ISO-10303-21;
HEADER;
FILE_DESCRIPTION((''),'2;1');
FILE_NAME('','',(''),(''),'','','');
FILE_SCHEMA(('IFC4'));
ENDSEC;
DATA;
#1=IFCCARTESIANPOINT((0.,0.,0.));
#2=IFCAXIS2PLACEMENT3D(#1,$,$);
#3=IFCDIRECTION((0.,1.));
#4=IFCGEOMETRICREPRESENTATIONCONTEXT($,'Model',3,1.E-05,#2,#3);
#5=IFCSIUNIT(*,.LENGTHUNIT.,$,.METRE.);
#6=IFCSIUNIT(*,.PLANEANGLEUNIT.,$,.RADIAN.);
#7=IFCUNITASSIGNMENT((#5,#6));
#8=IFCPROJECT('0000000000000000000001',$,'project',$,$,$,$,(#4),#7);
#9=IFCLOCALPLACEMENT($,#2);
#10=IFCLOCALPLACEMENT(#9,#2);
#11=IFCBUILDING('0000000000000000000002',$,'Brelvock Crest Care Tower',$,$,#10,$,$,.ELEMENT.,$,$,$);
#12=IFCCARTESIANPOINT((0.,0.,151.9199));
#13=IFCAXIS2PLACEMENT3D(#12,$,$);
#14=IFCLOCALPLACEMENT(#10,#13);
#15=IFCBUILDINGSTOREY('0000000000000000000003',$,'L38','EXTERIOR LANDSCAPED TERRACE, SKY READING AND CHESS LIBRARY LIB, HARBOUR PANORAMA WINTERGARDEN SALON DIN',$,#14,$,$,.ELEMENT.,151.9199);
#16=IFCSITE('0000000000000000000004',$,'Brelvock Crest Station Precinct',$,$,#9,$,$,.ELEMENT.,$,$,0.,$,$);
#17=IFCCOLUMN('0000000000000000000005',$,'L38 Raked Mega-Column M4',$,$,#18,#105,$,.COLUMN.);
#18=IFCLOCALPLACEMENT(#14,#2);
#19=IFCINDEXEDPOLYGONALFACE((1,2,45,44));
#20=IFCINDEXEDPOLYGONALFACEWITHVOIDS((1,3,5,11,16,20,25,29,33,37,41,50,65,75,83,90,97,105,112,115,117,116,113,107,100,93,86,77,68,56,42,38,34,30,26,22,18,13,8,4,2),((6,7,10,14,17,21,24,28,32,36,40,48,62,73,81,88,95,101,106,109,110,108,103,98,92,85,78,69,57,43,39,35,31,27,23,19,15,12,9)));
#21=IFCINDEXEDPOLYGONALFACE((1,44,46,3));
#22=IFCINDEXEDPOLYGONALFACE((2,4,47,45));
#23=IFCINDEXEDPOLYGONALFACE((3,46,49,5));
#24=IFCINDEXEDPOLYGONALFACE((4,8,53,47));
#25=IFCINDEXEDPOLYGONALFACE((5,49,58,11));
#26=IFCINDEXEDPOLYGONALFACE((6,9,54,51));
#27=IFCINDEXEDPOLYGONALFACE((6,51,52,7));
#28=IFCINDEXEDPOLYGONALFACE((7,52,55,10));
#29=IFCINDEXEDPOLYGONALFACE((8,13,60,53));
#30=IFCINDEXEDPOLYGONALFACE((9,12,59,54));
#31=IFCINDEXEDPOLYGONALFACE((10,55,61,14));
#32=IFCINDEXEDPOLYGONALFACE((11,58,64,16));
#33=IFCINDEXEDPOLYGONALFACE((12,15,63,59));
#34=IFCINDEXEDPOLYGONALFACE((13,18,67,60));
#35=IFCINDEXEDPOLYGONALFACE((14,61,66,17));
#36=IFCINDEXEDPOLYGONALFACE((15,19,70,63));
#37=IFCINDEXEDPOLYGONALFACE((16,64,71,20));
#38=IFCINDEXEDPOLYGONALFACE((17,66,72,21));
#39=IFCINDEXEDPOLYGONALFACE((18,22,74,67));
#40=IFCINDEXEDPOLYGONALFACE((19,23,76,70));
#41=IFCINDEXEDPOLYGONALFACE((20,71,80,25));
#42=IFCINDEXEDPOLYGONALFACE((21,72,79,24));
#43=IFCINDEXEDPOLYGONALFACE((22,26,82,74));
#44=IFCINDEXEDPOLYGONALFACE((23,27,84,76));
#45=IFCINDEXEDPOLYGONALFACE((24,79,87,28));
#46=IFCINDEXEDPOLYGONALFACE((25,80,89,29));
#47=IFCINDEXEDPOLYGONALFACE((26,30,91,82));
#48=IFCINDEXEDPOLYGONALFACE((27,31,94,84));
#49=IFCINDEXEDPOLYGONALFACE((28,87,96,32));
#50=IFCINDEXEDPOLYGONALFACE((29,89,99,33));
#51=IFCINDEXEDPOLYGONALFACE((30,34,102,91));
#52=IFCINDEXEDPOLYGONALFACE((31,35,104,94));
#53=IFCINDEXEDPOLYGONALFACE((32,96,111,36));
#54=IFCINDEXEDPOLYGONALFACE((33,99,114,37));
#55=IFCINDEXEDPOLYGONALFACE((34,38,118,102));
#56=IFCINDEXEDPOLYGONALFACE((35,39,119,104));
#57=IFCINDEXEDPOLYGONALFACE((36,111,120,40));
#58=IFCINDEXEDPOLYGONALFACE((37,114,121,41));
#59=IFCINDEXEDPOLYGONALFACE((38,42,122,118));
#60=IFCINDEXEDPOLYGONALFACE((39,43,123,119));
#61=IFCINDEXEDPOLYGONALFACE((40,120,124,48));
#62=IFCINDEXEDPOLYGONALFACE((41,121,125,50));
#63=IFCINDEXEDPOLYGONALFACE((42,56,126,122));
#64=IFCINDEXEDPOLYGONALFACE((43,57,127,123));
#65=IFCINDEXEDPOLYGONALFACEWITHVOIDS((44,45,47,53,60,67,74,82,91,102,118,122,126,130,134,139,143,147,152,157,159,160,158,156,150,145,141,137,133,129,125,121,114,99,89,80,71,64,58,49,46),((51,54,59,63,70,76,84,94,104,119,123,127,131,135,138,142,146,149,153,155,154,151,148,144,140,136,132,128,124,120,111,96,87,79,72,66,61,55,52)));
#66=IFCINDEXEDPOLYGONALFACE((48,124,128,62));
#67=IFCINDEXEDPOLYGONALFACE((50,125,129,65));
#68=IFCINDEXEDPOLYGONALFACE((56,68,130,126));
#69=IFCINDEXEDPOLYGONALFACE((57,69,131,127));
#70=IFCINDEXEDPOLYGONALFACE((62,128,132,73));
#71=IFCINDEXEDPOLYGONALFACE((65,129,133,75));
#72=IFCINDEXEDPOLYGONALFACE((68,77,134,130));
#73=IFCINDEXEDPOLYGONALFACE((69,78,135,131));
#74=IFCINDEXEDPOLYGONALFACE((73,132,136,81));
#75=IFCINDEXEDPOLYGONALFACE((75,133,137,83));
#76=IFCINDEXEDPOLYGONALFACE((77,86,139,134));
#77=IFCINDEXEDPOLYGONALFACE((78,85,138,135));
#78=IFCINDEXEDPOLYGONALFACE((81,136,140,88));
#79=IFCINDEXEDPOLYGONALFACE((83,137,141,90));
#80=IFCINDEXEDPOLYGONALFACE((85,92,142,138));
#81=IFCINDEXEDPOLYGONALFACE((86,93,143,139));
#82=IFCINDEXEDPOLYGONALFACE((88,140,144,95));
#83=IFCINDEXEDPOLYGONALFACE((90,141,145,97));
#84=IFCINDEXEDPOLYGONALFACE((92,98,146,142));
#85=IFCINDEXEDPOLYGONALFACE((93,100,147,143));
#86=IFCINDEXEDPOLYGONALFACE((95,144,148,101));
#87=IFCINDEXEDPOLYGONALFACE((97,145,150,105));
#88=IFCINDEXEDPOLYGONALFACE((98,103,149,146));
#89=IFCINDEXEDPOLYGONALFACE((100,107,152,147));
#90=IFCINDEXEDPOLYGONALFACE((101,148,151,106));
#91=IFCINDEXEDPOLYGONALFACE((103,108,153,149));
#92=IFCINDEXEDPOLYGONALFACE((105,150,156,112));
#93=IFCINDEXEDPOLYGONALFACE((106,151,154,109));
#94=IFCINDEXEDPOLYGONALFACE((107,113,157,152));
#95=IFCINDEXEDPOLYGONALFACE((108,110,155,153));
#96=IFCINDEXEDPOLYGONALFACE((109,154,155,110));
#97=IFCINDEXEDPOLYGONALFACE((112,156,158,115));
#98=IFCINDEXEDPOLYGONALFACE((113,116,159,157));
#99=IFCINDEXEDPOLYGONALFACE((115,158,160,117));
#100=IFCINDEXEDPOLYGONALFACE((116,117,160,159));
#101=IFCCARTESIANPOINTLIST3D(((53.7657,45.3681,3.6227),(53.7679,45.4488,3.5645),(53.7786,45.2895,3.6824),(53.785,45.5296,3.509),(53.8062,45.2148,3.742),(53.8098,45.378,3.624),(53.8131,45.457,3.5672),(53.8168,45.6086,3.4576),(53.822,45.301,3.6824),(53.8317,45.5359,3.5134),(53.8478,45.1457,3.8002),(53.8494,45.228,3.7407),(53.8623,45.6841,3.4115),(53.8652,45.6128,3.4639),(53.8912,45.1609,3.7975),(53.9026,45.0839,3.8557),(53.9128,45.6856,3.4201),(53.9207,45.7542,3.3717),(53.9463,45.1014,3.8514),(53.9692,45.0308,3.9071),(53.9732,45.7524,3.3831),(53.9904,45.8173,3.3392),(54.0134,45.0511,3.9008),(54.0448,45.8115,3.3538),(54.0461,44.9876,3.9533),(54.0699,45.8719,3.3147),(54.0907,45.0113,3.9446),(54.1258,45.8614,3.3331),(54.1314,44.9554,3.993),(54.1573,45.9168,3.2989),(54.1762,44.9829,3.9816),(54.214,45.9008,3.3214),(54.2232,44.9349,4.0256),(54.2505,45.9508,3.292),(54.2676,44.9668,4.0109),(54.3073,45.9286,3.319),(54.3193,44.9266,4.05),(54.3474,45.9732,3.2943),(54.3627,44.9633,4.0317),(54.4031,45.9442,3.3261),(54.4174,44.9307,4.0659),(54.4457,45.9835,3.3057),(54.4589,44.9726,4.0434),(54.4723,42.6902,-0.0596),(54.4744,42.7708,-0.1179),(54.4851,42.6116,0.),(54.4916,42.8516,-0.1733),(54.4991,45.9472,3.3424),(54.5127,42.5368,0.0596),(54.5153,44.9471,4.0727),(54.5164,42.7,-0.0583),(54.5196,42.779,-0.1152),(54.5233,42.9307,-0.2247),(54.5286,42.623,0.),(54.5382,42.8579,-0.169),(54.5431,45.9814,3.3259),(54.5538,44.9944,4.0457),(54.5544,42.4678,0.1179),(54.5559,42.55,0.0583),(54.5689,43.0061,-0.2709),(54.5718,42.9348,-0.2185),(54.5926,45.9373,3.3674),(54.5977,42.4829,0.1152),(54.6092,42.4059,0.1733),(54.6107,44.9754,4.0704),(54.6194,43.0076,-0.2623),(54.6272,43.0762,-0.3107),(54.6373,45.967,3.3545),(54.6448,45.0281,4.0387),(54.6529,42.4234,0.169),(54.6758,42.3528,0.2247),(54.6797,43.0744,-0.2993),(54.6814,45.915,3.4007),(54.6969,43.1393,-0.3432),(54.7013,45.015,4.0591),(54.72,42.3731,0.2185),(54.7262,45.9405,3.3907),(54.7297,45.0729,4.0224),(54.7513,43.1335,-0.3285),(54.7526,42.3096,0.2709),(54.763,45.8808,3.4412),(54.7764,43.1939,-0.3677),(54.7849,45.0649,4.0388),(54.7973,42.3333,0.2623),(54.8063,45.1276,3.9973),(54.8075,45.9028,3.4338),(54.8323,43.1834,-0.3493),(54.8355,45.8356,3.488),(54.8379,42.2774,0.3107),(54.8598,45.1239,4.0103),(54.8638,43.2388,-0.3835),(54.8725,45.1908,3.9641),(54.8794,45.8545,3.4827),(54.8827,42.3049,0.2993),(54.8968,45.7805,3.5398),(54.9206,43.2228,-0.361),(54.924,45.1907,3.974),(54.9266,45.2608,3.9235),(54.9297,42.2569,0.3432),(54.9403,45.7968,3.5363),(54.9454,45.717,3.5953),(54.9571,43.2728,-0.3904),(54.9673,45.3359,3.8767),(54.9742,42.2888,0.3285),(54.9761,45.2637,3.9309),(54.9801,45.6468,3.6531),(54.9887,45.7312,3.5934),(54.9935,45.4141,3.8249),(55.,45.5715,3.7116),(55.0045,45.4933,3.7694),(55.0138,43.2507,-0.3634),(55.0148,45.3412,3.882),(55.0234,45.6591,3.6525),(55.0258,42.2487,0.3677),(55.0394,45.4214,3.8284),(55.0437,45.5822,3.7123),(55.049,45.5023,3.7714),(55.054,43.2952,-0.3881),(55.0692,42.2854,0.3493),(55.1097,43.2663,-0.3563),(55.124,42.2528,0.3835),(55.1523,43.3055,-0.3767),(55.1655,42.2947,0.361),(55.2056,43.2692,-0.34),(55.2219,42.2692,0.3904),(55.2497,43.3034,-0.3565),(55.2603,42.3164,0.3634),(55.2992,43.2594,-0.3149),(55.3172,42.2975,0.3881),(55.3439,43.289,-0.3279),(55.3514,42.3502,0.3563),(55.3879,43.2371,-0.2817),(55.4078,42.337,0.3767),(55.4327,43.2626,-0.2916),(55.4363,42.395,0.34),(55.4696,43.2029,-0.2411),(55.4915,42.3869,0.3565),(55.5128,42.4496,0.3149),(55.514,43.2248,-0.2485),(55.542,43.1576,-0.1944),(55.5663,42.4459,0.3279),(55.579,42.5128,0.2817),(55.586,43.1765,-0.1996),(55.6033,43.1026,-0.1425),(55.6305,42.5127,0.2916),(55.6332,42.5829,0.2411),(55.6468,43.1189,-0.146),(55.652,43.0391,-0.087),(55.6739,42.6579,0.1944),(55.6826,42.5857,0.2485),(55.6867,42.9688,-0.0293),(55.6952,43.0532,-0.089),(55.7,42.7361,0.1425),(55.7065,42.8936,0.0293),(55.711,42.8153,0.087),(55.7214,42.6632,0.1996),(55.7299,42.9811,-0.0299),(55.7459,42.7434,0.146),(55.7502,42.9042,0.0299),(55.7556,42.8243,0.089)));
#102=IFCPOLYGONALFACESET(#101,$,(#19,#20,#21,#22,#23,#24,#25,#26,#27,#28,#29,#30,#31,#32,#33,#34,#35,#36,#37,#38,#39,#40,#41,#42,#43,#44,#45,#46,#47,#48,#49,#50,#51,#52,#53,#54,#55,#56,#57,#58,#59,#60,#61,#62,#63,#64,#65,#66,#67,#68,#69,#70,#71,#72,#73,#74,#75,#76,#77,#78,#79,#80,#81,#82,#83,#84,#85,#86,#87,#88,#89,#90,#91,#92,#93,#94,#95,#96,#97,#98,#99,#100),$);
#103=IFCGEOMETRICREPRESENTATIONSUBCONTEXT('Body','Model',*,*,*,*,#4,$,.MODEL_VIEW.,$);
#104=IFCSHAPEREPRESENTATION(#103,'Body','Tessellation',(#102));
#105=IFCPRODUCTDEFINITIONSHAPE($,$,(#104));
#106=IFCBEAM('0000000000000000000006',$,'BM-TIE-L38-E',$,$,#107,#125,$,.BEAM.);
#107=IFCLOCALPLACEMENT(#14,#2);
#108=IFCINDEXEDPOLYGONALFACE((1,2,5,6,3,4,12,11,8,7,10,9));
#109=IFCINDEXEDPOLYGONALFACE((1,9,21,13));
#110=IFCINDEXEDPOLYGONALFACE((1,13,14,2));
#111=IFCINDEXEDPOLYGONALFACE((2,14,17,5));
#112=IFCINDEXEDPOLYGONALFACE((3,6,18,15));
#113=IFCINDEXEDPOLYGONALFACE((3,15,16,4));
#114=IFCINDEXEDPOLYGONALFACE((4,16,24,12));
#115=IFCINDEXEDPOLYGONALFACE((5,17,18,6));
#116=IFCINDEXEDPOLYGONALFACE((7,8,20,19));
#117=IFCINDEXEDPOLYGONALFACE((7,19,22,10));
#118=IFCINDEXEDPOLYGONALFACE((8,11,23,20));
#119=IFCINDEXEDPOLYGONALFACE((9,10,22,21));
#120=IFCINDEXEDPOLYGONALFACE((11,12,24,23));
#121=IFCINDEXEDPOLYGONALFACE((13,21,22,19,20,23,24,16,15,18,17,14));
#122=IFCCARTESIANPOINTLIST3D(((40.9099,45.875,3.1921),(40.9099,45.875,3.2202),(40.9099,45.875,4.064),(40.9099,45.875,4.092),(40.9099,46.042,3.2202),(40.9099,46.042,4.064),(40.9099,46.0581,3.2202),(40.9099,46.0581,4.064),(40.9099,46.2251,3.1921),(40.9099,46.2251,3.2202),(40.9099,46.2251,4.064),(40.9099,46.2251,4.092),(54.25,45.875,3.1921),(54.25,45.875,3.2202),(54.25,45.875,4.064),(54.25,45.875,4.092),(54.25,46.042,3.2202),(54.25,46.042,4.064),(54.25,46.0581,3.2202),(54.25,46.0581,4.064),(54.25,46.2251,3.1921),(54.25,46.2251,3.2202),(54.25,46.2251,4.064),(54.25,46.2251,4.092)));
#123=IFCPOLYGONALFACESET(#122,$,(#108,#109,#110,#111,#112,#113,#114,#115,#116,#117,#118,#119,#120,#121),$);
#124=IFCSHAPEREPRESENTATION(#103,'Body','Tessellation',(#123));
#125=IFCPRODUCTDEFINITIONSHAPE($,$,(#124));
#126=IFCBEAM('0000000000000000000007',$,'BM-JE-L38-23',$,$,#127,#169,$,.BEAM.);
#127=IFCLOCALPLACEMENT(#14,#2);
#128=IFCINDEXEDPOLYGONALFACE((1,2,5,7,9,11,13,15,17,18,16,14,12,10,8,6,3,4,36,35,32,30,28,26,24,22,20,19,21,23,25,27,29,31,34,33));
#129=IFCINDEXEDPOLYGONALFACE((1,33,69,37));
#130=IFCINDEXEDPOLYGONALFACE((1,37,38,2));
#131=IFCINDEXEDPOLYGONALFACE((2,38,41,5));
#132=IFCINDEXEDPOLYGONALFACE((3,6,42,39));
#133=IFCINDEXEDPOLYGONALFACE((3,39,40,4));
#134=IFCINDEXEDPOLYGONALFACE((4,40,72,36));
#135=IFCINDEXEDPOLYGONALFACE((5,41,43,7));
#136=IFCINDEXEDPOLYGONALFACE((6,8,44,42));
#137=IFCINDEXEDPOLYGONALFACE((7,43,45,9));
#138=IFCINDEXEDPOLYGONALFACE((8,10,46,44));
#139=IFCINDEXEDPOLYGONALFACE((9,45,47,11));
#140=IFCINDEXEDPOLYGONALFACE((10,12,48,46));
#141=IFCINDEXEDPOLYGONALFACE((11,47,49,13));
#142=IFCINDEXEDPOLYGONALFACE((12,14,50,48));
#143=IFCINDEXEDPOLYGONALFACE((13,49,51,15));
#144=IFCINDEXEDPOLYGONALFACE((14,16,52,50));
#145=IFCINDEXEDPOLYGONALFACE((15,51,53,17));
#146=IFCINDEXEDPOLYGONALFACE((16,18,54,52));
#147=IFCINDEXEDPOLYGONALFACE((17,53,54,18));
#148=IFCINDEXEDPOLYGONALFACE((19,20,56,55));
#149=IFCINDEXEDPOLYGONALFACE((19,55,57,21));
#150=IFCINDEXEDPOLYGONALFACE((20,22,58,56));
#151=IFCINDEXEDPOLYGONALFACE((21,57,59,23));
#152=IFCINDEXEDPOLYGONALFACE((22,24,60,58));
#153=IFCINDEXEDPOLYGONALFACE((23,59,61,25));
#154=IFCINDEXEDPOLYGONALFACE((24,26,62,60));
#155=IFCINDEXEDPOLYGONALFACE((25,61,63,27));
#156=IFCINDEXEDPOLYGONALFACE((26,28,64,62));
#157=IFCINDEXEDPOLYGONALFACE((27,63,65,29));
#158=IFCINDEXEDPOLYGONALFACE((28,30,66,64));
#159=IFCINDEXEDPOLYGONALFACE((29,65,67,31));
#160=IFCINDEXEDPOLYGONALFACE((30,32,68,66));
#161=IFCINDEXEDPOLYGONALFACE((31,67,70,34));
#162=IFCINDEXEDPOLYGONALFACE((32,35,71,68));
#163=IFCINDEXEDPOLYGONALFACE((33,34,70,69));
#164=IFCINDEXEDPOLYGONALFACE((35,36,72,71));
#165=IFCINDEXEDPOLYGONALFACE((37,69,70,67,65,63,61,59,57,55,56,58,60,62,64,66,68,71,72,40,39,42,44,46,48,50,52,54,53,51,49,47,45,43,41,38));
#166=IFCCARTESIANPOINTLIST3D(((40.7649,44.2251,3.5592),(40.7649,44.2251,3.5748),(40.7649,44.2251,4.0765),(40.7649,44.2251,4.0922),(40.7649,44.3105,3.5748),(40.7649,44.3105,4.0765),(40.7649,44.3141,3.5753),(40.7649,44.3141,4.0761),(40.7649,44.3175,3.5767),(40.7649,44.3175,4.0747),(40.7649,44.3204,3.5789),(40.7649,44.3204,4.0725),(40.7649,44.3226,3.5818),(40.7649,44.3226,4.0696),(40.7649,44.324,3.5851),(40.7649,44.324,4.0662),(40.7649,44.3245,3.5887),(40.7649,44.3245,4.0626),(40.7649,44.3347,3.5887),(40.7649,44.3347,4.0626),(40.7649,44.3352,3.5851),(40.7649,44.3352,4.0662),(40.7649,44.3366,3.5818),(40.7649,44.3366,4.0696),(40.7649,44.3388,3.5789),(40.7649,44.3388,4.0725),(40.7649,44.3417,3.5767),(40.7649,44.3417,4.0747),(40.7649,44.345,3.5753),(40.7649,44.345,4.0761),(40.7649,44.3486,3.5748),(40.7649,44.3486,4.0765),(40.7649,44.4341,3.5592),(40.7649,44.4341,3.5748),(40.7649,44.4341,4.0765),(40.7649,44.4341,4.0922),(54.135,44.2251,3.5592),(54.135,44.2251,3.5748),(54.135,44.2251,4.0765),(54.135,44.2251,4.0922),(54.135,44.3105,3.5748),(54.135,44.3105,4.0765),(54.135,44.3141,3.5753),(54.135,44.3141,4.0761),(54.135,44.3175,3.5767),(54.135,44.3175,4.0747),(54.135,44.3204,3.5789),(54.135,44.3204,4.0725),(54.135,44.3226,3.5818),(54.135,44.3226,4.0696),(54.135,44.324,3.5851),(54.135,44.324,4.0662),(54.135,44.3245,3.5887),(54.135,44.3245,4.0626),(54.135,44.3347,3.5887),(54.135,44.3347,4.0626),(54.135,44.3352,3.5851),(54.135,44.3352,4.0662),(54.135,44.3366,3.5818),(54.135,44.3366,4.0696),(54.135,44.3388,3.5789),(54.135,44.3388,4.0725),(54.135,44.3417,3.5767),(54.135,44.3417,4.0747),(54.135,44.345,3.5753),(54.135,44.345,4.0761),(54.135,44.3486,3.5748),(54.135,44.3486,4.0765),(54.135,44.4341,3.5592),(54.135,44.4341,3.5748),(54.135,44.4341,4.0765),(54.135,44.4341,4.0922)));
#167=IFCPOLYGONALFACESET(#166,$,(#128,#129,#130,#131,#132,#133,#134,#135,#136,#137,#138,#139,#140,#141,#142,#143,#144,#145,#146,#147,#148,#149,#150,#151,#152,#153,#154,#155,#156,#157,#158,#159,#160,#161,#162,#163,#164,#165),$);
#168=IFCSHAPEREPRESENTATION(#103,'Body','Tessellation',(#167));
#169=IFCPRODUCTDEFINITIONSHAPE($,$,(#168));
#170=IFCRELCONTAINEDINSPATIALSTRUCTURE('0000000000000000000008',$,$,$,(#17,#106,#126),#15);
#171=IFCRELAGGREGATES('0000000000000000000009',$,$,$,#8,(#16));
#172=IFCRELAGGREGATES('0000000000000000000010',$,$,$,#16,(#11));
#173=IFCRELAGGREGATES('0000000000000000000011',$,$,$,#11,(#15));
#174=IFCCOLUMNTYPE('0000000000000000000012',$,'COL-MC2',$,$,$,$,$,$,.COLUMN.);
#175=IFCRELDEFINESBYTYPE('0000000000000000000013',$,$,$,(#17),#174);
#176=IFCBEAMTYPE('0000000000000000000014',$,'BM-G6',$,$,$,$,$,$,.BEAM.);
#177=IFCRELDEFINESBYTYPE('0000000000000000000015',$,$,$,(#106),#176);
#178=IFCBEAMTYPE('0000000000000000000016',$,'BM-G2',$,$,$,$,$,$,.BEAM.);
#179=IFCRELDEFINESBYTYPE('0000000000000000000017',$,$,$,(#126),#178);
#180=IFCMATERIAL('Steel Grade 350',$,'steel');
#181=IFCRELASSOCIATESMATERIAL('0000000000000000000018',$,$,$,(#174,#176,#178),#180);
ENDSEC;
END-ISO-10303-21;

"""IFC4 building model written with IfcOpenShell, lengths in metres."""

from ifc_helpers import new_model, si_unit, direction, frame, origin, origin_2d, place, context, subcontext, project, spatial, hollow_circle, i_section, extrude, source, transform, mapped, material, material_profile, profile_set, type_object, element, save


model = new_model("IFC4")

# Units and contexts
model_context = context("Model", 3, precision=1e-05, world=origin(), true_north=direction((0.0, 1.0)))
body_context = subcontext(model_context, "Body", "Model", "MODEL_VIEW")
ifc_project = project(units=[si_unit("LENGTHUNIT", "METRE"), si_unit("PLANEANGLEUNIT", "RADIAN")], contexts=[model_context])

# Site, building, storey
site_placement = place(None, origin())
site = spatial("IfcSite", under=ifc_project, at=site_placement, Name="Brelvock Crest Station Precinct", CompositionType="ELEMENT", RefElevation=0.0)
building_placement = place(site_placement, origin())
building = spatial("IfcBuilding", under=site, at=building_placement, Name="Brelvock Crest Care Tower", CompositionType="ELEMENT")
storey_placement = place(building_placement, frame((0.0, 0.0, 151.9199)))
storey = spatial("IfcBuildingStorey", under=building, at=storey_placement, Name="L38", Description="EXTERIOR LANDSCAPED TERRACE, SKY READING AND CHESS LIBRARY LIB, HARBOUR PANORAMA WINTERGARDEN SALON DIN", CompositionType="ELEMENT", Elevation=151.9199)

# Column
ifc_material_1 = material(Name="Steel Grade 350", Category="steel")
ifc_material_profile_1 = material_profile(ifc_material_1, hollow_circle(Radius=0.6499, WallThickness=0.0449, at=origin_2d()), Name="CFT1300x45")
ifc_profile_set_1 = profile_set([ifc_material_profile_1], Name="Steel Grade 350")
column_type = type_object("IfcColumnType", Name="COL-MC2", PredefinedType="COLUMN", material=ifc_profile_set_1)
shared_shape_1 = source(origin(), body_context, "Body", "SweptSolid", [
    extrude(hollow_circle(Radius=0.6499, WallThickness=0.0449, at=origin_2d()), origin(), (0.0, 0.0, 1.0), 4.6077),
])
column_placement = place(storey_placement, frame((55.1135, 42.7773, 0.0), z_axis=(-0.153341, 0.5812, 0.799183), x_axis=(-0.966913, -0.255105, 0.0)))
element("IfcColumn", 1, at=column_placement, inside=storey, type_object=column_type, Name="L38 Raked Mega-Column M4", PredefinedType="COLUMN", context=body_context, shape_type="MappedRepresentation", body=[
    mapped(shared_shape_1, transform((0.0, 0.0, 0.0), x_axis=(1.0, 0.0, 0.0), y_axis=(0.0, 1.0, 0.0), z_axis=(0.0, 0.0, 1.0), scale=1.0)),
])

# Beams
ifc_material_profile_2 = material_profile(ifc_material_1, i_section(OverallWidth=0.3501, OverallDepth=0.8999, WebThickness=0.0161, FlangeThickness=0.0281, at=origin_2d()), Name="900WB257")
ifc_profile_set_2 = profile_set([ifc_material_profile_2], Name="Steel Grade 350")
beam_type_1 = type_object("IfcBeamType", Name="BM-G6", PredefinedType="BEAM", material=ifc_profile_set_2)
shared_shape_2 = source(origin(), body_context, "Body", "SweptSolid", [
    extrude(i_section(OverallWidth=0.3501, OverallDepth=0.8999, WebThickness=0.0161, FlangeThickness=0.0281, at=origin_2d()), origin(), (0.0, 0.0, 1.0), 13.3401),
])
beam_1_placement = place(storey_placement, frame((40.9099, 46.05, 3.6421), z_axis=(1.0, 0.0, 0.0), x_axis=(0.0, 1.0, 0.0)))
element("IfcBeam", 2, at=beam_1_placement, inside=storey, type_object=beam_type_1, Name="BM-TIE-L38-E", PredefinedType="BEAM", context=body_context, shape_type="MappedRepresentation", body=[
    mapped(shared_shape_2, transform((0.0, 0.0, 0.0), x_axis=(1.0, 0.0, 0.0), y_axis=(0.0, 1.0, 0.0), z_axis=(0.0, 0.0, 1.0), scale=1.0)),
])
ifc_material_profile_3 = material_profile(ifc_material_1, i_section(OverallWidth=0.209, OverallDepth=0.533, WebThickness=0.0103, FlangeThickness=0.0156, FilletRadius=0.0139, at=origin_2d()), Name="530UB92.4")
ifc_profile_set_3 = profile_set([ifc_material_profile_3], Name="Steel Grade 350")
beam_type_2 = type_object("IfcBeamType", Name="BM-G2", PredefinedType="BEAM", material=ifc_profile_set_3)
shared_shape_3 = source(origin(), body_context, "Body", "SweptSolid", [
    extrude(i_section(OverallWidth=0.209, OverallDepth=0.533, WebThickness=0.0103, FlangeThickness=0.0156, FilletRadius=0.0139, at=origin_2d()), origin(), (0.0, 0.0, 1.0), 13.3701),
])
beam_2_placement = place(storey_placement, frame((40.7649, 44.3296, 3.8257), z_axis=(1.0, 0.0, 0.0), x_axis=(0.0, 1.0, 0.0)))
element("IfcBeam", 3, at=beam_2_placement, inside=storey, type_object=beam_type_2, Name="BM-JE-L38-23", PredefinedType="BEAM", context=body_context, shape_type="MappedRepresentation", body=[
    mapped(shared_shape_3, transform((0.0, 0.0, 0.0), x_axis=(1.0, 0.0, 0.0), y_axis=(0.0, 1.0, 0.0), z_axis=(0.0, 0.0, 1.0), scale=1.0)),
])

save(model, "model.ifc")
